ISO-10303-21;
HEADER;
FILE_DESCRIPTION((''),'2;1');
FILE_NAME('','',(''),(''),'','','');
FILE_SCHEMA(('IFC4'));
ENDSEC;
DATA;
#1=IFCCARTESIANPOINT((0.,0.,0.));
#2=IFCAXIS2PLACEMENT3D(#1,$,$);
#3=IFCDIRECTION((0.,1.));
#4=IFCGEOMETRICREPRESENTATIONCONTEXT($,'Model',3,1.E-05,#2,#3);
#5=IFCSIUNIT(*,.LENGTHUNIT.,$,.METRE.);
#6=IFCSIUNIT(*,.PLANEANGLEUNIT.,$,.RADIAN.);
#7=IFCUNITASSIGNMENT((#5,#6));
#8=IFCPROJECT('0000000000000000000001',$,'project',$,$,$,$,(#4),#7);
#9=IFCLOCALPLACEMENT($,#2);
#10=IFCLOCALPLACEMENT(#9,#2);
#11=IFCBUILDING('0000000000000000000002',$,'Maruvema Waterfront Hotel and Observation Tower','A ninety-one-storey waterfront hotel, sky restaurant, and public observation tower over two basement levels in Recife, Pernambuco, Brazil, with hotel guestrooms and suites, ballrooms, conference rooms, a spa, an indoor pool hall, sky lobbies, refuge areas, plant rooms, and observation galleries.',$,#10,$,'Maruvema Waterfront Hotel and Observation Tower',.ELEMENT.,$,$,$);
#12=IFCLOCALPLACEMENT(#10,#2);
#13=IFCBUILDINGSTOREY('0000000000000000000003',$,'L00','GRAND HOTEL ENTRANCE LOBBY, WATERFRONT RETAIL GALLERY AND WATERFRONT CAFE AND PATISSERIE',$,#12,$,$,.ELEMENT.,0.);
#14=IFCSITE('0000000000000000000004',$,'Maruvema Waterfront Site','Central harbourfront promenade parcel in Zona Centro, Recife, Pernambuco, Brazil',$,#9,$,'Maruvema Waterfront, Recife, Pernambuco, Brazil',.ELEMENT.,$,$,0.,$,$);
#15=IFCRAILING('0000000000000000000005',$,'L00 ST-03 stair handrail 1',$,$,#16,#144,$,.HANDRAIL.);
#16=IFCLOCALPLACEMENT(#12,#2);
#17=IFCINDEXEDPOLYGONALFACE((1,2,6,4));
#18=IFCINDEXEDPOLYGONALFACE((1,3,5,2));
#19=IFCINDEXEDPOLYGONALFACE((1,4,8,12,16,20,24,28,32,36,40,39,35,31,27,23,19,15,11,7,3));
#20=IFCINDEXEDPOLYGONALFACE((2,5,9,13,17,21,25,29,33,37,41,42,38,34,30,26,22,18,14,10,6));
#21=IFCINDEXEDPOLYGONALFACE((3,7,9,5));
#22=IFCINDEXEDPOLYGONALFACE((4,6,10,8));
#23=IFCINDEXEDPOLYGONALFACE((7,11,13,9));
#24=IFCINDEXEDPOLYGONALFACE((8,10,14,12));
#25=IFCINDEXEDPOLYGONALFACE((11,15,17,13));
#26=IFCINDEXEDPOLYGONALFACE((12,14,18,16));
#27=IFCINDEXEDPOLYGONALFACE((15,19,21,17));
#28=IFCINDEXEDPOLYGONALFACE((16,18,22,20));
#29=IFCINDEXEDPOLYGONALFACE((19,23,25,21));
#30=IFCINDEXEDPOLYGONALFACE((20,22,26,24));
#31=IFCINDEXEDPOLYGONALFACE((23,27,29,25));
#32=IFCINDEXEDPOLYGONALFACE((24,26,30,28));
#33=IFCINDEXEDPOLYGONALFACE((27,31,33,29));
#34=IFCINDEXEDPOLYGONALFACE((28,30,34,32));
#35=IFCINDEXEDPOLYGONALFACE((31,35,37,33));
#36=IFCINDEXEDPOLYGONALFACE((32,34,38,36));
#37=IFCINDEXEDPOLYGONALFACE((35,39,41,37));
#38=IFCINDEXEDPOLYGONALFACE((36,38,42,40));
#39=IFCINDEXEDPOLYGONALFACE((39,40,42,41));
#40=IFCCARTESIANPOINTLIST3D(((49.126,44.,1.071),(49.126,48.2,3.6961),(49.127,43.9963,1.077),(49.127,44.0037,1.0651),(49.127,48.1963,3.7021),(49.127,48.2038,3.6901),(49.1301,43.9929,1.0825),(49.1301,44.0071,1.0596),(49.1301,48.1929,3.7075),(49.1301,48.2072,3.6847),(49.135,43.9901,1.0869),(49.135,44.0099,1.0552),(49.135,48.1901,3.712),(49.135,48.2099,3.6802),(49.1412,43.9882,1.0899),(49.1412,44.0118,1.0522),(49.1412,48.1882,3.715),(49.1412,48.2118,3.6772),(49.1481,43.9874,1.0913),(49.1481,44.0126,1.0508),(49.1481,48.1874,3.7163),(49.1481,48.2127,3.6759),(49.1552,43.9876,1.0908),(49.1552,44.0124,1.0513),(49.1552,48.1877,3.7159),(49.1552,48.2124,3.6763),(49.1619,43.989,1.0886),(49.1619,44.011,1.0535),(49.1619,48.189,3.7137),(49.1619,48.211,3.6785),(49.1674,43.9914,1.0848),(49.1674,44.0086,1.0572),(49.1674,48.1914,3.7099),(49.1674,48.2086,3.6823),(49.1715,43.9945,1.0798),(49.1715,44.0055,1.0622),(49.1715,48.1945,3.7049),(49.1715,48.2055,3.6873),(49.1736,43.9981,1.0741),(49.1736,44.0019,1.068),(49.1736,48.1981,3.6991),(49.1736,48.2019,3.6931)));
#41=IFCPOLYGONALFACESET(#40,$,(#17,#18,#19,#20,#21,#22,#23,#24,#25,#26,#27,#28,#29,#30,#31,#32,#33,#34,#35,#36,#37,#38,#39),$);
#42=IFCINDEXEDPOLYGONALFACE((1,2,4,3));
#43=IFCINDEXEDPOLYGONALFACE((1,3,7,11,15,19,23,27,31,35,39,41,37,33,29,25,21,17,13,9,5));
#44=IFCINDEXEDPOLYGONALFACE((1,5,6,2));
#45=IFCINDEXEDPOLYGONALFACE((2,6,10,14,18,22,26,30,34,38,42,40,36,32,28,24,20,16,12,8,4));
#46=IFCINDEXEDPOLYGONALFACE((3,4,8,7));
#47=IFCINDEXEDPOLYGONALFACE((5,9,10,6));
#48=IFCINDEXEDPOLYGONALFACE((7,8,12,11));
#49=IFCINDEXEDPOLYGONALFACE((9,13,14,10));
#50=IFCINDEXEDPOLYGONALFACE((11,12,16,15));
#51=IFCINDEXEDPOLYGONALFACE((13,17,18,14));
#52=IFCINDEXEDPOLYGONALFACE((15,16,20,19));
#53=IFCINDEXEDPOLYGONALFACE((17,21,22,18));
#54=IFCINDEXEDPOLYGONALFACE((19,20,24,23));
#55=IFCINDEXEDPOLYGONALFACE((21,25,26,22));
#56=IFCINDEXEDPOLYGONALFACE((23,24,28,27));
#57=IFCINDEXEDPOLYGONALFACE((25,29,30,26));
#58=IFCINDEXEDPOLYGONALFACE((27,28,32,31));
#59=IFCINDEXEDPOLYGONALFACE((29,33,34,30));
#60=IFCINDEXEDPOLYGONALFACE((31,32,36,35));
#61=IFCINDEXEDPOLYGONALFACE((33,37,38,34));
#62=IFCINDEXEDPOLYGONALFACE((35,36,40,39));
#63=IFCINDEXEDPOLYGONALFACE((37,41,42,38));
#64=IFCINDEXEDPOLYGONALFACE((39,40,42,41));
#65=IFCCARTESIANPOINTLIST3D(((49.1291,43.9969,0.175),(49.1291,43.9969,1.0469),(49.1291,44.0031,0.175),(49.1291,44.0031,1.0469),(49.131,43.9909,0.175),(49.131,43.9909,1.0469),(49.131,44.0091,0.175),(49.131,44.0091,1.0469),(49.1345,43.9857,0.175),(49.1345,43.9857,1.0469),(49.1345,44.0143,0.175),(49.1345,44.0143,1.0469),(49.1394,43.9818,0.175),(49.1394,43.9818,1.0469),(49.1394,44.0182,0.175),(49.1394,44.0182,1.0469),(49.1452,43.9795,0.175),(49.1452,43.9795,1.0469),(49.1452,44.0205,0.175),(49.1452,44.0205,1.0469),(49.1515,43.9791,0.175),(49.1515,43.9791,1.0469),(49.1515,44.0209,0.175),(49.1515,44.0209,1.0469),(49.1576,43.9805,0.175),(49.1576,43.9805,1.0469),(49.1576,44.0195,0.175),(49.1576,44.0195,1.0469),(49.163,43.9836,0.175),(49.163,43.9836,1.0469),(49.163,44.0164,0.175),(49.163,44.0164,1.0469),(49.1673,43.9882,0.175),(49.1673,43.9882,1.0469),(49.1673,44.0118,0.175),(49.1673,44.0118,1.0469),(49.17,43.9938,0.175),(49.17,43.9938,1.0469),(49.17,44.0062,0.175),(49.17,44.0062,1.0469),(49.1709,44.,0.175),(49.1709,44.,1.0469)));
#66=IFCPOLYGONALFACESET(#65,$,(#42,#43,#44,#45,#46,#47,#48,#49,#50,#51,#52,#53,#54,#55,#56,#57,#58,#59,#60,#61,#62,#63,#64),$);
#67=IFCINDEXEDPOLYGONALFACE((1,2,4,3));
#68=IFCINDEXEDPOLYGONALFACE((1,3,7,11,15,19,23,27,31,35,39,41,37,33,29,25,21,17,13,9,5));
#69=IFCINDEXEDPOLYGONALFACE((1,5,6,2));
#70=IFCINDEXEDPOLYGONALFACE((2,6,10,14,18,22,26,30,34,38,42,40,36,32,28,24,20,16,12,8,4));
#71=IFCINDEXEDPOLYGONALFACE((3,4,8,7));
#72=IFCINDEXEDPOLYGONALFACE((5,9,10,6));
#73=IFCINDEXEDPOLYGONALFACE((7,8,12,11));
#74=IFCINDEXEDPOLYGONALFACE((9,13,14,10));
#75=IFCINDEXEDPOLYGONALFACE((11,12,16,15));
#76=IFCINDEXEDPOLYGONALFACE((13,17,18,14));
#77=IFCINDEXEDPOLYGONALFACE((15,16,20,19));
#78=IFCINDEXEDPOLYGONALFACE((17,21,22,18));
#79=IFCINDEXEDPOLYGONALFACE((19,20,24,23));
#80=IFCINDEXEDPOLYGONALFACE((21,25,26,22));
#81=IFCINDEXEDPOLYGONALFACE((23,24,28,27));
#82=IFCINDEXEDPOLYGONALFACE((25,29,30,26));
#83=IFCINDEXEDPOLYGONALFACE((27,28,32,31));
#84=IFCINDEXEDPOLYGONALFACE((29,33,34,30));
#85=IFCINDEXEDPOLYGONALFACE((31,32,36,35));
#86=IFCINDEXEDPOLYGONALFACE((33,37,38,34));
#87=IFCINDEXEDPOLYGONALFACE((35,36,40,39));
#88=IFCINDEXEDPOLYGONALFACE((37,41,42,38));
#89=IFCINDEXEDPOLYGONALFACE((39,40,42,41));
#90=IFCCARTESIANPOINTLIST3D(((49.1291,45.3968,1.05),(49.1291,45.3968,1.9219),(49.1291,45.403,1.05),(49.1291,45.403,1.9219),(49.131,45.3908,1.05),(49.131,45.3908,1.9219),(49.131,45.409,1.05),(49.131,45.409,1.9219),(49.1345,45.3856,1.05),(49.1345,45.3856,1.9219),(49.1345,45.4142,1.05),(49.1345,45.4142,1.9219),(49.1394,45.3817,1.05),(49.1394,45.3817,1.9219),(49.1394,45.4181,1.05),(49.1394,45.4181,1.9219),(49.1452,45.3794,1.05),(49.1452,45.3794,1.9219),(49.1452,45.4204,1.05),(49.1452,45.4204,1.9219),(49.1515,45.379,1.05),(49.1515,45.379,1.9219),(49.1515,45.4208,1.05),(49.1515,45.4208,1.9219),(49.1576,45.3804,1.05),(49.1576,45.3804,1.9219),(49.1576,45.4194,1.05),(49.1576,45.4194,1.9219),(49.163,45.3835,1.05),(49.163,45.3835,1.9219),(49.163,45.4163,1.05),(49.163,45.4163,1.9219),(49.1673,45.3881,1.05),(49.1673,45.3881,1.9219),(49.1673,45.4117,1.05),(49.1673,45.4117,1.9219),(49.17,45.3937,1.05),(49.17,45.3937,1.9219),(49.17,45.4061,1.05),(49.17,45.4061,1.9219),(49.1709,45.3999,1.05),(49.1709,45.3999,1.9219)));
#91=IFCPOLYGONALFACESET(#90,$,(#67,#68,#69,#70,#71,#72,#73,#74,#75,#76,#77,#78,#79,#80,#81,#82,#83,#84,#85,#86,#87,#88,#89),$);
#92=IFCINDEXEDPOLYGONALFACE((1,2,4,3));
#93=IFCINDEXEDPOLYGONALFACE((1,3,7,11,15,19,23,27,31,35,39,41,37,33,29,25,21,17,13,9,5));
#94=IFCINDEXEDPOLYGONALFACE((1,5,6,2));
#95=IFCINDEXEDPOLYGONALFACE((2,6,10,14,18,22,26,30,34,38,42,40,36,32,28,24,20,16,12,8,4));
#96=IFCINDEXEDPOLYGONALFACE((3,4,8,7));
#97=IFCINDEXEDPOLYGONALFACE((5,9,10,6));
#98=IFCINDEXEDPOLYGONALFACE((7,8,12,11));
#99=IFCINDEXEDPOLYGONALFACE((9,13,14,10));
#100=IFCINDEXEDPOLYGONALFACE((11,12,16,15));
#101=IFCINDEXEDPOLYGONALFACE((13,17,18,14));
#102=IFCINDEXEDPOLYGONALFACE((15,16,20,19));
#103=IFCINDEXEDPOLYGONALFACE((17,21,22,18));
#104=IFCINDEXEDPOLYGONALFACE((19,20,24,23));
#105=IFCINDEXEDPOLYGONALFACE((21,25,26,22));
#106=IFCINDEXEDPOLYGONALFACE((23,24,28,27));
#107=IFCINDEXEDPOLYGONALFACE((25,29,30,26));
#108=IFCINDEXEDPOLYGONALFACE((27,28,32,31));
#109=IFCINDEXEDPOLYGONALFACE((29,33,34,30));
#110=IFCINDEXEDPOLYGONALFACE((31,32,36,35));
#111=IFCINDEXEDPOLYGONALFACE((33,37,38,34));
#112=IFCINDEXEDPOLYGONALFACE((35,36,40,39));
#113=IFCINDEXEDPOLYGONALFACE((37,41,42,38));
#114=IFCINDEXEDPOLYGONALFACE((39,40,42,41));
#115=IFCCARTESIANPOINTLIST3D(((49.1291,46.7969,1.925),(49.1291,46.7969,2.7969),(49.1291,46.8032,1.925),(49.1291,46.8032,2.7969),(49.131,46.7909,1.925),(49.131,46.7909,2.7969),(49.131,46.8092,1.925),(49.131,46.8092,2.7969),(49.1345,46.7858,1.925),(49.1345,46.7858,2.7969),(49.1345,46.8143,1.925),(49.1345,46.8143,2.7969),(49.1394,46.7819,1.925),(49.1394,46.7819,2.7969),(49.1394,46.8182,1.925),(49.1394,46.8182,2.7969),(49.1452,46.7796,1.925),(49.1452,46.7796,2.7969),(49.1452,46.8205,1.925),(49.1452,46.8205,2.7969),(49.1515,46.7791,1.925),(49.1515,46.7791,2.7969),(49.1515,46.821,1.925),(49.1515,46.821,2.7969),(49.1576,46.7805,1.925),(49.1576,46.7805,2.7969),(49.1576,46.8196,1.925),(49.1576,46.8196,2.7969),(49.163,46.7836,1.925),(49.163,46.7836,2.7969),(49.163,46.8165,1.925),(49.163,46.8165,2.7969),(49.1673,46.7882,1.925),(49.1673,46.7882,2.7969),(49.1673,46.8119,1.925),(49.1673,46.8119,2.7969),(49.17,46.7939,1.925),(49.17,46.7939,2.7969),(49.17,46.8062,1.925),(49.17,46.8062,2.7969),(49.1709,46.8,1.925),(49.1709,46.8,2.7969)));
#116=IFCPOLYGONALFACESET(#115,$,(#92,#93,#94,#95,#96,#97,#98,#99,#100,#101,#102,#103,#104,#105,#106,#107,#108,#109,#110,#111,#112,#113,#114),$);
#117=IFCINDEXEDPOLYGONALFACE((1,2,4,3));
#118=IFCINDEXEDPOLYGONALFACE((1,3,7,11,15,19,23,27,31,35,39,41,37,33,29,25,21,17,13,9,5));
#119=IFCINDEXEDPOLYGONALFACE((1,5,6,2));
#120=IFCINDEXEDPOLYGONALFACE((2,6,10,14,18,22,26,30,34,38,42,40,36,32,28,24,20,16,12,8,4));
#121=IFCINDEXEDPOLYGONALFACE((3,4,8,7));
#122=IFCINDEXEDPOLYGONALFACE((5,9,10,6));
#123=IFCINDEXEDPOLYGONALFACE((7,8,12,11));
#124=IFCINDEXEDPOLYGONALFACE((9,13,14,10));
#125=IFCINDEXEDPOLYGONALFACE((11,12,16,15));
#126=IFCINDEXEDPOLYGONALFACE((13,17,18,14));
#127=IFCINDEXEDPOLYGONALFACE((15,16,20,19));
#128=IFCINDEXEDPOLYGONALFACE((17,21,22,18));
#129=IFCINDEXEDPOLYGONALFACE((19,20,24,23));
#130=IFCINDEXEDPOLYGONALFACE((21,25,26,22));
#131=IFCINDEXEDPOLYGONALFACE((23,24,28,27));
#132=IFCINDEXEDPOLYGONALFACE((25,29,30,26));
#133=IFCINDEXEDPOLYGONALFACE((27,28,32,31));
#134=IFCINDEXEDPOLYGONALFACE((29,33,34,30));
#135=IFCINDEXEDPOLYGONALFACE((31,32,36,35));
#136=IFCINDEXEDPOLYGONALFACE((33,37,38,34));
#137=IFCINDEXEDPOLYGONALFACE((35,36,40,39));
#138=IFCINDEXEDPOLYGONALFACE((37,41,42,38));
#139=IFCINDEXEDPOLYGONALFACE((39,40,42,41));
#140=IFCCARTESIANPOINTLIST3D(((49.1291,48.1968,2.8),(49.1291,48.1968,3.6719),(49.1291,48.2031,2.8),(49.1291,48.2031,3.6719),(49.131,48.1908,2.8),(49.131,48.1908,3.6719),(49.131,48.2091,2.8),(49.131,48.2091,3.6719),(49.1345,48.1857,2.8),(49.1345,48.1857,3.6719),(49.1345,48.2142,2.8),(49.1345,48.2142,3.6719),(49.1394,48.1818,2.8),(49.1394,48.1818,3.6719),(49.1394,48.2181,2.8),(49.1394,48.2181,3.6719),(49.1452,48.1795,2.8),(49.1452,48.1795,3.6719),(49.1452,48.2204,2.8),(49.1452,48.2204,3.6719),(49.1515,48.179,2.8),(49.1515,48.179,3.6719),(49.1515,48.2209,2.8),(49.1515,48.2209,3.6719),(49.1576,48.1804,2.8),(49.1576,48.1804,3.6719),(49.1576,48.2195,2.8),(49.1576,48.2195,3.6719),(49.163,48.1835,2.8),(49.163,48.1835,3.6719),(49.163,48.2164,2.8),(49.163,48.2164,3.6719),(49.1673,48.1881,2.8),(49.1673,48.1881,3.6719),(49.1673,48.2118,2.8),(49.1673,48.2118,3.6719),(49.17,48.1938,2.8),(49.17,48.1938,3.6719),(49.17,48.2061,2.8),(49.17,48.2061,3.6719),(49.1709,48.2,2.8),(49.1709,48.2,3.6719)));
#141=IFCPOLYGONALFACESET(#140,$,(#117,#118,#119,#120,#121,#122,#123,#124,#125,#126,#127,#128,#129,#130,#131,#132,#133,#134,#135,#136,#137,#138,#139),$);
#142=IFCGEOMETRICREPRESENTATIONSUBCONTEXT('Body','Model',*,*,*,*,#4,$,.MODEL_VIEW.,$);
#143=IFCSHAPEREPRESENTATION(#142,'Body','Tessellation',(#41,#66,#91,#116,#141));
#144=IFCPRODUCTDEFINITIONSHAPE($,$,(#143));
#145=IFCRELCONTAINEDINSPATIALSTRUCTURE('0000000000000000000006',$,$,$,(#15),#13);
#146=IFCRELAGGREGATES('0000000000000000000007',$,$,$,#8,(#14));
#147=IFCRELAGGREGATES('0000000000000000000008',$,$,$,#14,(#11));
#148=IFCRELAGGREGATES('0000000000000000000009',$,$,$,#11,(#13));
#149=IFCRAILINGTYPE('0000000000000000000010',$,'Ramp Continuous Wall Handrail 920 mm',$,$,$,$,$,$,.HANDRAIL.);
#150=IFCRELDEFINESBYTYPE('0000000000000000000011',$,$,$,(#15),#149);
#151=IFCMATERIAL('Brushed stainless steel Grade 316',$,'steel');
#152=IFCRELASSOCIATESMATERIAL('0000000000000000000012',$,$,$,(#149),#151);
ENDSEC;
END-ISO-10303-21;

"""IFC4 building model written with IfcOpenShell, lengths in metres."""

from ifc_helpers import new_model, si_unit, direction, frame, origin, origin_2d, place, context, subcontext, project, spatial, circle, extrude, material, type_object, element, save


model = new_model("IFC4")

# Units and contexts
model_context = context("Model", 3, precision=1e-05, world=origin(), true_north=direction((0.0, 1.0)))
body_context = subcontext(model_context, "Body", "Model", "MODEL_VIEW")
ifc_project = project(units=[si_unit("LENGTHUNIT", "METRE"), si_unit("PLANEANGLEUNIT", "RADIAN")], contexts=[model_context])

# Site, building, storey
site_placement = place(None, origin())
site = spatial("IfcSite", under=ifc_project, at=site_placement, Name="Maruvema Waterfront Site", Description="Central harbourfront promenade parcel in Zona Centro, Recife, Pernambuco, Brazil", LongName="Maruvema Waterfront, Recife, Pernambuco, Brazil", CompositionType="ELEMENT", RefElevation=0.0)
building_placement = place(site_placement, origin())
building = spatial("IfcBuilding", under=site, at=building_placement, Name="Maruvema Waterfront Hotel and Observation Tower", Description="A ninety-one-storey waterfront hotel, sky restaurant, and public observation tower over two basement levels in Recife, Pernambuco, Brazil, with hotel guestrooms and suites, ballrooms, conference rooms, a spa, an indoor pool hall, sky lobbies, refuge areas, plant rooms, and observation galleries.", LongName="Maruvema Waterfront Hotel and Observation Tower", CompositionType="ELEMENT")
storey_placement = place(building_placement, origin())
storey = spatial("IfcBuildingStorey", under=building, at=storey_placement, Name="L00", Description="GRAND HOTEL ENTRANCE LOBBY, WATERFRONT RETAIL GALLERY AND WATERFRONT CAFE AND PATISSERIE", CompositionType="ELEMENT", Elevation=0.0)

# Railing
ifc_material_1 = material(Name="Brushed stainless steel Grade 316", Category="steel")
railing_type_1 = type_object("IfcRailingType", Name="Ramp Continuous Wall Handrail 920 mm", PredefinedType="HANDRAIL", material=ifc_material_1)
railing_1_placement = place(storey_placement, frame((49.1499, 44.0, 0.175)))
element("IfcRailing", 1, at=railing_1_placement, inside=storey, type_object=railing_type_1, Name="L00 ST-03 stair handrail 1", PredefinedType="HANDRAIL", context=body_context, shape_type="SweptSolid", body=[
    extrude(circle(Radius=0.0239, at=origin_2d()), frame((0.0, 0.0, 0.896), z_axis=(0.0, 0.847996, 0.530003), x_axis=(-1.0, 0.0, 0.0)), (0.0, 0.0, 1.0), 4.9529),
    extrude(circle(Radius=0.021, at=origin_2d()), origin(), (0.0, 0.0, 1.0), 0.8718),
    extrude(circle(Radius=0.021, at=origin_2d()), frame((0.0, 1.3999, 0.875)), (0.0, 0.0, 1.0), 0.8718),
    extrude(circle(Radius=0.021, at=origin_2d()), frame((0.0, 2.8, 1.75)), (0.0, 0.0, 1.0), 0.8718),
    extrude(circle(Radius=0.021, at=origin_2d()), frame((0.0, 4.2, 2.625)), (0.0, 0.0, 1.0), 0.8718),
])

save(model, "model.ifc")
